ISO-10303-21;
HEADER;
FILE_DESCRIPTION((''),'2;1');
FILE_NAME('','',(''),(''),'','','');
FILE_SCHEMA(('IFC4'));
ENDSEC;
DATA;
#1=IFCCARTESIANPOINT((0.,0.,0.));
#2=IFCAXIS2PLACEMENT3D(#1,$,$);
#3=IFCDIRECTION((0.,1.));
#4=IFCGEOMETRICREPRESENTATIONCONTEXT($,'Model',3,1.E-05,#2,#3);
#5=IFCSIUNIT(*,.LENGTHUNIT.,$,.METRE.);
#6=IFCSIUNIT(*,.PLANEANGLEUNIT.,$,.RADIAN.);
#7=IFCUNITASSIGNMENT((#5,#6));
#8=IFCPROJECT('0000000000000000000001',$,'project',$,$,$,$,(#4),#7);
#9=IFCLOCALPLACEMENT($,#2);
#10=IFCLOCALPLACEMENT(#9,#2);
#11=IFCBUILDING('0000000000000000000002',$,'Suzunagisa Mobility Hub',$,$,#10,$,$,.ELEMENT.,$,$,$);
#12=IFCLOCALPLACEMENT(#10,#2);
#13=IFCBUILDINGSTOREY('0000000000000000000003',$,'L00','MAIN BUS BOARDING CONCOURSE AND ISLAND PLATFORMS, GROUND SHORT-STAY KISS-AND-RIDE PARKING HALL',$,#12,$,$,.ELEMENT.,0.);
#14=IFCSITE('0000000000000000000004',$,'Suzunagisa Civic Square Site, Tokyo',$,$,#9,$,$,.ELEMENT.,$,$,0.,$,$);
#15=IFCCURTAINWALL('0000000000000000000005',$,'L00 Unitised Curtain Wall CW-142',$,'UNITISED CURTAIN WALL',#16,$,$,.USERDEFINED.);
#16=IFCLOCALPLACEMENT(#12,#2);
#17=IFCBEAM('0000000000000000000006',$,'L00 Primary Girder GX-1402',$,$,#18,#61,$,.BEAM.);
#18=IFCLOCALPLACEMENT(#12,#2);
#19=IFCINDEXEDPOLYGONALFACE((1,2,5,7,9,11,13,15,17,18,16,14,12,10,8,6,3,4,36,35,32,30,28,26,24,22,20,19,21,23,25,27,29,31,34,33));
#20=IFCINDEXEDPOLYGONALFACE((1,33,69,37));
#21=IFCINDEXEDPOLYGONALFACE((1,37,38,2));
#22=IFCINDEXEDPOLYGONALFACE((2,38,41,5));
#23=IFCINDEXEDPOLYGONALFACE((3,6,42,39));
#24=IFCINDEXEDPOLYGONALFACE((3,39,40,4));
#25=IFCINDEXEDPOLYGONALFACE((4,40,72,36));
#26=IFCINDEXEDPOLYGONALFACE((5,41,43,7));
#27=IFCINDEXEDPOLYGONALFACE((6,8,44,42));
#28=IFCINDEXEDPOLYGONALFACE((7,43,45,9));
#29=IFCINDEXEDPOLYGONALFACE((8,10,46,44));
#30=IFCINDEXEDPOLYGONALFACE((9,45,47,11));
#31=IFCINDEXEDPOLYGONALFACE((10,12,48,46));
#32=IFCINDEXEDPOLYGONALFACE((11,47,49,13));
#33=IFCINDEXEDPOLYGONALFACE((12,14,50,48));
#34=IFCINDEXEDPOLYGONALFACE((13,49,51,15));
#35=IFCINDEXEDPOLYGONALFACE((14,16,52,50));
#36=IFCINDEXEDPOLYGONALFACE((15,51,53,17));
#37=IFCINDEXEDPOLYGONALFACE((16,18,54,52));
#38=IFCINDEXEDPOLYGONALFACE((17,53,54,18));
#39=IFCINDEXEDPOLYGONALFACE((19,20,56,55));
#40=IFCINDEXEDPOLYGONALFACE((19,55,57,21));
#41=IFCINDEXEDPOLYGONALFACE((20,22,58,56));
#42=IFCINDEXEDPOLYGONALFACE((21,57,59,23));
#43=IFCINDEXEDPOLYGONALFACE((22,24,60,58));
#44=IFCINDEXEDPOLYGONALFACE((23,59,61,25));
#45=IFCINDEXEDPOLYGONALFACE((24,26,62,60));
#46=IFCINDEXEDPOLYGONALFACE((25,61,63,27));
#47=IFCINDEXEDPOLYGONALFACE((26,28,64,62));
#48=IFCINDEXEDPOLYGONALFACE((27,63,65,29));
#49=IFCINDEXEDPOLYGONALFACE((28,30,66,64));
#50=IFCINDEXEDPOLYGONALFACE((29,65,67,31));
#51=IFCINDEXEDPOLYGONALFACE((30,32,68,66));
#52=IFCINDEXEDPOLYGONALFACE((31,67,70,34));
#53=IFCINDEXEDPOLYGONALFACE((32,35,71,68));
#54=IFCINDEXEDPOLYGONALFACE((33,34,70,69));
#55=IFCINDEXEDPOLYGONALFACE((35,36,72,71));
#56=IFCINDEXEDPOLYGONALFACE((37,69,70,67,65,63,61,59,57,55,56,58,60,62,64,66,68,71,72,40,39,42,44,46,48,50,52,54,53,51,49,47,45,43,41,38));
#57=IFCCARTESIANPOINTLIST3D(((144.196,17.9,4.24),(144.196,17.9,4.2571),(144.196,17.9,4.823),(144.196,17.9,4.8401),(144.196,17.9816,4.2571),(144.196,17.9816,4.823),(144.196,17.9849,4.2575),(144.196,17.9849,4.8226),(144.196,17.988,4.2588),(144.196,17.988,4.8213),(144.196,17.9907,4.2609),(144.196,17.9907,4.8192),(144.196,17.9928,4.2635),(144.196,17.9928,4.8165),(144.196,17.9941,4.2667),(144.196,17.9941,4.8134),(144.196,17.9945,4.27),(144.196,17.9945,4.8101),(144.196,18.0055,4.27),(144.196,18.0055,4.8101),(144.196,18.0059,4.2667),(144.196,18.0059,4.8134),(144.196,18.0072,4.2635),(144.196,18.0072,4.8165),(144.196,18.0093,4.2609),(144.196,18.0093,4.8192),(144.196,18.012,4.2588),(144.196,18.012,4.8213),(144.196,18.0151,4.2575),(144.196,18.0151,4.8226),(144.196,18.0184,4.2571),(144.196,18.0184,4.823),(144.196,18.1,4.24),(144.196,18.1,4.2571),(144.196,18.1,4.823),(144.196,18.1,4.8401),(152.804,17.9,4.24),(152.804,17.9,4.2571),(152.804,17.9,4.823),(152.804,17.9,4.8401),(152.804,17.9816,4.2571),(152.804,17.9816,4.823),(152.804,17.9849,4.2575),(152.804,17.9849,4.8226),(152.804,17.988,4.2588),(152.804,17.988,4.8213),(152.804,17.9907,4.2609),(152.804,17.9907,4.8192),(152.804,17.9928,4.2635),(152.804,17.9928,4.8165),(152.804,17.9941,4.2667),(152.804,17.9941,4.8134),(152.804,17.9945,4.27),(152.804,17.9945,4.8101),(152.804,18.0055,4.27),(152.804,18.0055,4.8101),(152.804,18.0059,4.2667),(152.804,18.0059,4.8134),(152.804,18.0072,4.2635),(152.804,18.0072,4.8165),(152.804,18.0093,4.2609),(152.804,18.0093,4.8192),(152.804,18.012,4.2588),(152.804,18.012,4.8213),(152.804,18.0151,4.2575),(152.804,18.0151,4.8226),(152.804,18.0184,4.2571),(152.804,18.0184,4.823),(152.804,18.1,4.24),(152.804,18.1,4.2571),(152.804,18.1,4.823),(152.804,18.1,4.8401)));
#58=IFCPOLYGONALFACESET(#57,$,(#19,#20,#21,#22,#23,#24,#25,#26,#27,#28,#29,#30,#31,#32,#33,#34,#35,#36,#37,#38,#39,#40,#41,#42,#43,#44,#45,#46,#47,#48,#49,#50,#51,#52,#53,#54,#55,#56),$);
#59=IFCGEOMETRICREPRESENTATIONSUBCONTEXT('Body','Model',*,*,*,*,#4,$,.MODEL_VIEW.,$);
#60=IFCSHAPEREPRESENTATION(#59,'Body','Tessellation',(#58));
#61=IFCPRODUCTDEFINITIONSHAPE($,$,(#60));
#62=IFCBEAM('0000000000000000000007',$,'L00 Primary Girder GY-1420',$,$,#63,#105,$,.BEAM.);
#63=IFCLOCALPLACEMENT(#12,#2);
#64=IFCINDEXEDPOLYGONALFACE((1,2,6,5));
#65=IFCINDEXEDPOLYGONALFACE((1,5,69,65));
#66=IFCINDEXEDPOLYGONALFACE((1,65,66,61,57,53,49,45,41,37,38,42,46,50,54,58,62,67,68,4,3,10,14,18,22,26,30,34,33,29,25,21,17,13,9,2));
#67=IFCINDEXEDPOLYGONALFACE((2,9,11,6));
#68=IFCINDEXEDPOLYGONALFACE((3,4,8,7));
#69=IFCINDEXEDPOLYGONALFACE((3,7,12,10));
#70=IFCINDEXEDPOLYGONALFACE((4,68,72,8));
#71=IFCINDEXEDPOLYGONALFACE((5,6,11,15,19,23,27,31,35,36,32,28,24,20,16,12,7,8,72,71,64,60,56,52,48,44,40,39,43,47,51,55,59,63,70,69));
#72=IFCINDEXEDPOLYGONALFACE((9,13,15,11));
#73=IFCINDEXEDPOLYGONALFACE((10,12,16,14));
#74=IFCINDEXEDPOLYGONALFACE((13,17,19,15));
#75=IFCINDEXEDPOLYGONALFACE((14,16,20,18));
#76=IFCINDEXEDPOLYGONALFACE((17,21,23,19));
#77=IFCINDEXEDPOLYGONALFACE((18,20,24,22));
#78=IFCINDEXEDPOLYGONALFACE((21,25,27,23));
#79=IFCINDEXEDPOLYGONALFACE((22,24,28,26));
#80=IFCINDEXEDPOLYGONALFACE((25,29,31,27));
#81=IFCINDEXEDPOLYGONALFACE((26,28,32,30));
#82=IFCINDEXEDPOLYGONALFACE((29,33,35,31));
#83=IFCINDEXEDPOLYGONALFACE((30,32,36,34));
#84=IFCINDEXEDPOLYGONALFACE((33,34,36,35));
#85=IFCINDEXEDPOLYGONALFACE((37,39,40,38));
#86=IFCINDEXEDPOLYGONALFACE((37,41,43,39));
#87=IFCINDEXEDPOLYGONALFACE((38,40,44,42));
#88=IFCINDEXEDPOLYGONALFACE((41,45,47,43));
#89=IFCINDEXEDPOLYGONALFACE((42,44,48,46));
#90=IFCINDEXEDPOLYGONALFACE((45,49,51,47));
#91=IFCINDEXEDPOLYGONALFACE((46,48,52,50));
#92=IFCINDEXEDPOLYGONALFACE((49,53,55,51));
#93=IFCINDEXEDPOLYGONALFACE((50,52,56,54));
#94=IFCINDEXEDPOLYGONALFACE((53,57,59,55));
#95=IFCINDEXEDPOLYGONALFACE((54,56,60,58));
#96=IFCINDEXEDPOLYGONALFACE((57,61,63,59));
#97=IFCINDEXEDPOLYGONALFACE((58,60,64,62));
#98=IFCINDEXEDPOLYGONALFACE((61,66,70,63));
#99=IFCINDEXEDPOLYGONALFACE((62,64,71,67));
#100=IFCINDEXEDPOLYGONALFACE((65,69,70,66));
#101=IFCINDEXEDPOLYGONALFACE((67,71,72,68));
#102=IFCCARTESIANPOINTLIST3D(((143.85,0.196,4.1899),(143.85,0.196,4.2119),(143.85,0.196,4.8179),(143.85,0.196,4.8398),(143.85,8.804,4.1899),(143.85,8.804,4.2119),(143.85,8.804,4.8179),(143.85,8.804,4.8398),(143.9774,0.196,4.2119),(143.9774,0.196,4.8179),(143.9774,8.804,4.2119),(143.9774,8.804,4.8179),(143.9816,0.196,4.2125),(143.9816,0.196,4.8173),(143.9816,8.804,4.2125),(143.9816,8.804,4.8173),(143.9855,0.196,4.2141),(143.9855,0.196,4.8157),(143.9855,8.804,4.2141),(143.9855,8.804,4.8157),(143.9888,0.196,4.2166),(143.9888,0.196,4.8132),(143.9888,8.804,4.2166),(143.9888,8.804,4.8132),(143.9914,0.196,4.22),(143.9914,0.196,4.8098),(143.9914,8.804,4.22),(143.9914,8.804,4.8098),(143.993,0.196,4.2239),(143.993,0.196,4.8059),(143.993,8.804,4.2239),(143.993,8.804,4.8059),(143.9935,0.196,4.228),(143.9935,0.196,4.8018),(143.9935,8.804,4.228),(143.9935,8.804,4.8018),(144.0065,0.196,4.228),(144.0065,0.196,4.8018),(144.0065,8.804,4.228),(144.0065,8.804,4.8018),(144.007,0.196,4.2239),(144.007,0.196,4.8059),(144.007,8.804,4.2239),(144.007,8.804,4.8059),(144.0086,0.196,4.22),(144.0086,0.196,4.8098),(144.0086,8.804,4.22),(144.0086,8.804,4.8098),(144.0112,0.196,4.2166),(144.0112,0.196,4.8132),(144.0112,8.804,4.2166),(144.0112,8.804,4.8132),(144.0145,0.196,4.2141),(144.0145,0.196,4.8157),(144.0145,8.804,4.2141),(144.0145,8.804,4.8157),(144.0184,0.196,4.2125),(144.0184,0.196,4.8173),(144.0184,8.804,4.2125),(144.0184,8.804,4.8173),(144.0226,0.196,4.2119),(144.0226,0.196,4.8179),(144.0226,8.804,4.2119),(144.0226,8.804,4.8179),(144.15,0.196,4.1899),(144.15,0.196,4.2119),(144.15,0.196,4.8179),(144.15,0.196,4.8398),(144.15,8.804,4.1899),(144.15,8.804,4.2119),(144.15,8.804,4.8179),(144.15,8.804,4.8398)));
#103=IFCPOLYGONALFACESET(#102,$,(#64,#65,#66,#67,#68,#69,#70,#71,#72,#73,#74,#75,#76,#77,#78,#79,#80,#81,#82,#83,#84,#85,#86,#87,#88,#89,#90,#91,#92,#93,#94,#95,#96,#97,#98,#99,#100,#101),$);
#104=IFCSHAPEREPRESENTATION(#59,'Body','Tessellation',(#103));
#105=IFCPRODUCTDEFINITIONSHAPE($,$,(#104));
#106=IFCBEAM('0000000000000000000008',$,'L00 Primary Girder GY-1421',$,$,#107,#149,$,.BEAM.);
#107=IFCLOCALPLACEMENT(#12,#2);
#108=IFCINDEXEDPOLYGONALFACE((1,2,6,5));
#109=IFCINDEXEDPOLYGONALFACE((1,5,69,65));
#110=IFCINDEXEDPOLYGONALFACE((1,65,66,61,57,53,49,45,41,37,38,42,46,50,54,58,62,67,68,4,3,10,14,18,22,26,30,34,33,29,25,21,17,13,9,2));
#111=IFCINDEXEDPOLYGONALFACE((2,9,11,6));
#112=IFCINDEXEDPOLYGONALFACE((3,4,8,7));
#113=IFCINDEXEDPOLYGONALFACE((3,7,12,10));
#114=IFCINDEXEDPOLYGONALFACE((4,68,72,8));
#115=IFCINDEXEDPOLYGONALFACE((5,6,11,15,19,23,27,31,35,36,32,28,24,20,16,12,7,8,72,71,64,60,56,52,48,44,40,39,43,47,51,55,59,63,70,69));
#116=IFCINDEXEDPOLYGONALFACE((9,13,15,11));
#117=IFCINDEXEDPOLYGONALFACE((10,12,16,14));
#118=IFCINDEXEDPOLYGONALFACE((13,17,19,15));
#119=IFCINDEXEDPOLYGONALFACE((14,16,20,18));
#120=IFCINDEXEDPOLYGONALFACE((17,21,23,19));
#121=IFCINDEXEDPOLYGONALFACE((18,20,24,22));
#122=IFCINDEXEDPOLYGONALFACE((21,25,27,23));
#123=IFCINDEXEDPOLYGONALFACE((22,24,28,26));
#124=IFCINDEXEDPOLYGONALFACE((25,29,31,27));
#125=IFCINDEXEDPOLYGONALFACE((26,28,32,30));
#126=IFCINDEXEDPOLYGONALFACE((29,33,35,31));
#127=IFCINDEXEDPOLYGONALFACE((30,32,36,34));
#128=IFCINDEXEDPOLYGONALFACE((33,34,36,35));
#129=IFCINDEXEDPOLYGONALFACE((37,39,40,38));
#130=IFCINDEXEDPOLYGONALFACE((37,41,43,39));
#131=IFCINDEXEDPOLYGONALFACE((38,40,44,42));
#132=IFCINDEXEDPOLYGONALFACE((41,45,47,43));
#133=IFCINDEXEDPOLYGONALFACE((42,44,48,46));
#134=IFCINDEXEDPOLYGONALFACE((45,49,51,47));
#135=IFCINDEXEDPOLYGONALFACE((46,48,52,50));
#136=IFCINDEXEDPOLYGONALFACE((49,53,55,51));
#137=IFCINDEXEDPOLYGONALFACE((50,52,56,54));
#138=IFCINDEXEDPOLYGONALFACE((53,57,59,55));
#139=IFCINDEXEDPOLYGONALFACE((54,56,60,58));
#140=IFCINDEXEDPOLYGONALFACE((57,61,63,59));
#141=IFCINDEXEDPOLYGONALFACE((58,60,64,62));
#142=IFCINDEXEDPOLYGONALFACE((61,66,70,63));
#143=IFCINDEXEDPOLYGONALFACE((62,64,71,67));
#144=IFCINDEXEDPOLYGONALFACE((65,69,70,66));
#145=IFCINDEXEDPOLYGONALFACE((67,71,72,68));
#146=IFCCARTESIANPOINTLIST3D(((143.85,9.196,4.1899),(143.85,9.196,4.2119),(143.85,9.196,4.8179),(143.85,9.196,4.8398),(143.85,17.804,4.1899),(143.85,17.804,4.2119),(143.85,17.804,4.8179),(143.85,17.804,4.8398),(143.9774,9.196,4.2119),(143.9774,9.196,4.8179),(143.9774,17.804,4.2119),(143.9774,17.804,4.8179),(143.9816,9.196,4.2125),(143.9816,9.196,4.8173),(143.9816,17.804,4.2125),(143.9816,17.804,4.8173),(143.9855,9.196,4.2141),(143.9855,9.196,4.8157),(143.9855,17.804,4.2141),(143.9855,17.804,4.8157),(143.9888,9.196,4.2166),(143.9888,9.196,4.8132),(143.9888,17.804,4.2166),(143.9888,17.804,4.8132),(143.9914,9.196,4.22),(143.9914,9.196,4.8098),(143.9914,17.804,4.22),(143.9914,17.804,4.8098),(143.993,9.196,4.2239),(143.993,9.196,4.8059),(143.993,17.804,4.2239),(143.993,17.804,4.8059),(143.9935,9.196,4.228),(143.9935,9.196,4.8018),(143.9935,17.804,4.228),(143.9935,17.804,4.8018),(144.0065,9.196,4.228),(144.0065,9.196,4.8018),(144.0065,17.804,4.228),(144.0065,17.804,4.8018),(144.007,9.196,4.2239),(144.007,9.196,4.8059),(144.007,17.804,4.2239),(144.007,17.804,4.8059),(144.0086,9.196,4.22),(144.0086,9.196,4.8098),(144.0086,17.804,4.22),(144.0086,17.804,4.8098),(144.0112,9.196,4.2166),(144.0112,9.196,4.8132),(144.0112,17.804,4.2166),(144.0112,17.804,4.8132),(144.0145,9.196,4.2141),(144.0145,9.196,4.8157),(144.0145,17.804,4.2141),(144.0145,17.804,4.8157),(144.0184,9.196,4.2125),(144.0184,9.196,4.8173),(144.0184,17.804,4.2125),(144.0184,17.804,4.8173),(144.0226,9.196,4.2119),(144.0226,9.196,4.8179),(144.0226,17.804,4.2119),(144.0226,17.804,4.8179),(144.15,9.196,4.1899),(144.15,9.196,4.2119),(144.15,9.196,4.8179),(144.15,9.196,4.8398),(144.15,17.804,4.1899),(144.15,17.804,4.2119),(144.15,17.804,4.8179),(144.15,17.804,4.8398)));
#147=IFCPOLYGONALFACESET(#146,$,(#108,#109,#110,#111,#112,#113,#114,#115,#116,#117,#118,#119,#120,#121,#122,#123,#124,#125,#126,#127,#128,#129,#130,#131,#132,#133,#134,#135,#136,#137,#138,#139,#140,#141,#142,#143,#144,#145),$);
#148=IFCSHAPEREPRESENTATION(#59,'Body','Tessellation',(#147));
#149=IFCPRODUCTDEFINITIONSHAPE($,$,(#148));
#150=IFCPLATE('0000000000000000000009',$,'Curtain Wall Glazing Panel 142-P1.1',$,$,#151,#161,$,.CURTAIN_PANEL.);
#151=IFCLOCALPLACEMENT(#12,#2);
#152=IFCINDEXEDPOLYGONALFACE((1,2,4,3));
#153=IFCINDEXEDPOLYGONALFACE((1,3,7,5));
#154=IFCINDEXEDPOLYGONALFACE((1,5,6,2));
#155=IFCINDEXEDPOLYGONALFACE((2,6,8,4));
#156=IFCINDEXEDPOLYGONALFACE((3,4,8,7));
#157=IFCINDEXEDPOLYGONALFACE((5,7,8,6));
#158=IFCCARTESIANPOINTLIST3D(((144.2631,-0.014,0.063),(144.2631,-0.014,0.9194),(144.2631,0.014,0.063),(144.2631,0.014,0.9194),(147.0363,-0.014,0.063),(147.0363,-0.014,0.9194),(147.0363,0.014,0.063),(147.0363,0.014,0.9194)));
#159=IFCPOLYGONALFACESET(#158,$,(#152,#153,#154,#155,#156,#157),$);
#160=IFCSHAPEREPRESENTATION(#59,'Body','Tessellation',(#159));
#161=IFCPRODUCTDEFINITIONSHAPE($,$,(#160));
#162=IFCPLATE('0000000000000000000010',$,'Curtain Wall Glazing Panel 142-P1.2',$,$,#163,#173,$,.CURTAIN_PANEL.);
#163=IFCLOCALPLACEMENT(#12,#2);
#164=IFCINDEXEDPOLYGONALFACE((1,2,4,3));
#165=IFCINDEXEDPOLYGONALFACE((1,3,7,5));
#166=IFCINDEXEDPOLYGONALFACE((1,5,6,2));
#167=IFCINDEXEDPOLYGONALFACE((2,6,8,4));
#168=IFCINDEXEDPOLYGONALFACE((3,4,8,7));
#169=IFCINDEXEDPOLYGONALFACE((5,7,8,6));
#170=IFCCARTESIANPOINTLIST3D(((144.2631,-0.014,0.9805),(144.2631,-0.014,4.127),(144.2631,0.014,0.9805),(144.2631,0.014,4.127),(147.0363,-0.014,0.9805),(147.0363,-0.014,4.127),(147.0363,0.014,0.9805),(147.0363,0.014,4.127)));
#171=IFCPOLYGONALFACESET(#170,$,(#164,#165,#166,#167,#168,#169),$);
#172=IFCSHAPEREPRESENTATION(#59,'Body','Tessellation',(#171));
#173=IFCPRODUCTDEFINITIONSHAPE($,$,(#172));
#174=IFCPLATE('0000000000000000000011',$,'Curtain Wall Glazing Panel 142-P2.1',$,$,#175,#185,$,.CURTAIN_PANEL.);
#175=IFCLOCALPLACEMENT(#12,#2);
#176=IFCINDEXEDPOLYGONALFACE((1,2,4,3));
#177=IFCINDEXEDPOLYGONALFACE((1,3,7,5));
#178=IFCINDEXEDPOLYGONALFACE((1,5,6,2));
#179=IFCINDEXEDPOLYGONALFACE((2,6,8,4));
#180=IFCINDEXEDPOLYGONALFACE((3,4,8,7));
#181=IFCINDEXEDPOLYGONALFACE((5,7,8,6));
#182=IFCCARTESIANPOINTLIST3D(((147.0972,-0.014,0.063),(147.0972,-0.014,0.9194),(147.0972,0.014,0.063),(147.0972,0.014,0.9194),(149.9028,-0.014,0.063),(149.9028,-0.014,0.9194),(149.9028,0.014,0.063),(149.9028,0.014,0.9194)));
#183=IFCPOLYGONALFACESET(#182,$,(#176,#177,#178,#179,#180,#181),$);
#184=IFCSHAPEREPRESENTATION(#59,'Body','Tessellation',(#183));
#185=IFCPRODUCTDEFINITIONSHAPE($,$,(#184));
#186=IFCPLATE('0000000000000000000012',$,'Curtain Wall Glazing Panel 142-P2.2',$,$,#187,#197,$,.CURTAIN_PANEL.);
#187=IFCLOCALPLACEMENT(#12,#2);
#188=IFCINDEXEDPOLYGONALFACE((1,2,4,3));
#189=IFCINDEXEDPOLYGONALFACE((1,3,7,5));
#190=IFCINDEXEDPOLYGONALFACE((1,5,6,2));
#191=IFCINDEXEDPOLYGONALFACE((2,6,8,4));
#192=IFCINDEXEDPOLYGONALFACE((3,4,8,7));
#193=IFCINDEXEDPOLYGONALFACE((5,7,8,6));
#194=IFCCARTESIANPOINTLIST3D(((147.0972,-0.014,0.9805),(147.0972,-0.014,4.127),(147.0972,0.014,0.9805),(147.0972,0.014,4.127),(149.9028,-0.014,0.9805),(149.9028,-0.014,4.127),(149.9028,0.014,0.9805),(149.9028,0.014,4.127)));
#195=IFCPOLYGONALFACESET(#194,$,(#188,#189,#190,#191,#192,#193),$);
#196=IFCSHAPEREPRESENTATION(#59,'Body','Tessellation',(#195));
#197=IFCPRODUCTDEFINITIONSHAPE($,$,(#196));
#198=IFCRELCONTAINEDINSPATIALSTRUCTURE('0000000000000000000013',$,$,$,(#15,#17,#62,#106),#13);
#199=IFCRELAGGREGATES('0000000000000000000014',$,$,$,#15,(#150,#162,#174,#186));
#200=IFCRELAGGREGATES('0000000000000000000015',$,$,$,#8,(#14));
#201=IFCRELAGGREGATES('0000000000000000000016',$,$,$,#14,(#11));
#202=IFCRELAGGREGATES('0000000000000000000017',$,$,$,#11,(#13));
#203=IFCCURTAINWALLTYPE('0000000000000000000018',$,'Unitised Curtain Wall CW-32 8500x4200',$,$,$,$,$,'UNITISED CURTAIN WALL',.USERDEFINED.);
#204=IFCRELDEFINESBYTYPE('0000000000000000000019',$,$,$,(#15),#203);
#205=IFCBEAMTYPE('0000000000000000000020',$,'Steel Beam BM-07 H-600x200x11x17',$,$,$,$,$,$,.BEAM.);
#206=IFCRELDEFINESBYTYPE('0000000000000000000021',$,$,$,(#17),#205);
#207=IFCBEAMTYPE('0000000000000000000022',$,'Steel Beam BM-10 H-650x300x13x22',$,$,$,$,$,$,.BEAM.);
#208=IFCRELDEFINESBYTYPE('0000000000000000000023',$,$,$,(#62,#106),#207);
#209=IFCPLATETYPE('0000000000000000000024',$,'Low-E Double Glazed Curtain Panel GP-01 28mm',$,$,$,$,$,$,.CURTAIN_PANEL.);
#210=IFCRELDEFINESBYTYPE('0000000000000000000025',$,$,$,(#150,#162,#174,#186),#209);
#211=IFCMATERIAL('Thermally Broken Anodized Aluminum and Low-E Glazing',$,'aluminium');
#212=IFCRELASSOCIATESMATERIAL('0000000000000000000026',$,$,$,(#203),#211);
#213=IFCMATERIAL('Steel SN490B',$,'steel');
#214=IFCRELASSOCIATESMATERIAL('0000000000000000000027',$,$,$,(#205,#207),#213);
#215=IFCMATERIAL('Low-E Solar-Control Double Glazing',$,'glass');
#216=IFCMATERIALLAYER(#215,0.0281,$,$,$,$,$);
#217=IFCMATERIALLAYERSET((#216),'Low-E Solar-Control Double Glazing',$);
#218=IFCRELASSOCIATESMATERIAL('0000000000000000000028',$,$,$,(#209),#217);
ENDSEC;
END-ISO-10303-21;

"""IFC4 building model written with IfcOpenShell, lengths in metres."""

from ifc_helpers import new_model, si_unit, direction, frame, origin, origin_2d, place, context, subcontext, project, spatial, rectangle, i_section, extrude, material, layer, layer_set, material_profile, profile_set, type_object, element, aggregate, save


model = new_model("IFC4")

# Units and contexts
model_context = context("Model", 3, precision=1e-05, world=origin(), true_north=direction((0.0, 1.0)))
body_context = subcontext(model_context, "Body", "Model", "MODEL_VIEW")
ifc_project = project(units=[si_unit("LENGTHUNIT", "METRE"), si_unit("PLANEANGLEUNIT", "RADIAN")], contexts=[model_context])

# Site, building, storey
site_placement = place(None, origin())
site = spatial("IfcSite", under=ifc_project, at=site_placement, Name="Suzunagisa Civic Square Site, Tokyo", CompositionType="ELEMENT", RefElevation=0.0)
building_placement = place(site_placement, origin())
building = spatial("IfcBuilding", under=site, at=building_placement, Name="Suzunagisa Mobility Hub", CompositionType="ELEMENT")
storey_placement = place(building_placement, origin())
storey = spatial("IfcBuildingStorey", under=building, at=storey_placement, Name="L00", Description="MAIN BUS BOARDING CONCOURSE AND ISLAND PLATFORMS, GROUND SHORT-STAY KISS-AND-RIDE PARKING HALL", CompositionType="ELEMENT", Elevation=0.0)

# Shared definitions
ifc_material_1 = material(Name="Steel SN490B", Category="steel")

# Curtain wall
ifc_material_2 = material(Name="Thermally Broken Anodized Aluminum and Low-E Glazing", Category="aluminium")
curtain_wall_type = type_object("IfcCurtainWallType", Name="Unitised Curtain Wall CW-32 8500x4200", ElementType="UNITISED CURTAIN WALL", PredefinedType="USERDEFINED", material=ifc_material_2)
curtain_wall_placement = place(storey_placement, origin())
curtain_wall = element("IfcCurtainWall", 1, at=curtain_wall_placement, inside=storey, type_object=curtain_wall_type, Name="L00 Unitised Curtain Wall CW-142", ObjectType="UNITISED CURTAIN WALL", PredefinedType="USERDEFINED")

# Beams
ifc_material_profile_1 = material_profile(ifc_material_1, i_section(OverallWidth=0.2, OverallDepth=0.6001, WebThickness=0.011, FlangeThickness=0.0171, FilletRadius=0.0129, at=origin_2d()), Name="H-600x200x11x17")
ifc_profile_set_1 = profile_set([ifc_material_profile_1], Name="Steel SN490B")
beam_type_1 = type_object("IfcBeamType", Name="Steel Beam BM-07 H-600x200x11x17", PredefinedType="BEAM", material=ifc_profile_set_1)
for number, where, z_axis, x_axis, name in (
    (2, (144.196, 18.0, 4.54), (1.0, 0.0, 0.0), (0.0, 1.0, 0.0), "L00 Primary Girder GX-1402"),
):
    element("IfcBeam", number, at=place(storey_placement, frame(where, z_axis=z_axis, x_axis=x_axis)), inside=storey, type_object=beam_type_1, Name=name, PredefinedType="BEAM", context=body_context, shape_type="SweptSolid", body=[
        extrude(i_section(OverallWidth=0.2, OverallDepth=0.6001, WebThickness=0.011, FlangeThickness=0.0171, FilletRadius=0.0129, at=origin_2d()), origin(), (0.0, 0.0, 1.0), 8.6079),
    ])
ifc_material_profile_2 = material_profile(ifc_material_1, i_section(OverallWidth=0.3, OverallDepth=0.6499, WebThickness=0.0129, FlangeThickness=0.022, FilletRadius=0.0161, at=origin_2d()), Name="H-650x300x13x22")
ifc_profile_set_2 = profile_set([ifc_material_profile_2], Name="Steel SN490B")
beam_type_2 = type_object("IfcBeamType", Name="Steel Beam BM-10 H-650x300x13x22", PredefinedType="BEAM", material=ifc_profile_set_2)
for number, where, z_axis, x_axis, name in (
    (3, (144.0, 0.196, 4.5149), (0.0, 1.0, 0.0), (-1.0, 0.0, 0.0), "L00 Primary Girder GY-1420"),
    (4, (144.0, 9.196, 4.5149), (0.0, 1.0, 0.0), (-1.0, 0.0, 0.0), "L00 Primary Girder GY-1421"),
):
    element("IfcBeam", number, at=place(storey_placement, frame(where, z_axis=z_axis, x_axis=x_axis)), inside=storey, type_object=beam_type_2, Name=name, PredefinedType="BEAM", context=body_context, shape_type="SweptSolid", body=[
        extrude(i_section(OverallWidth=0.3, OverallDepth=0.6499, WebThickness=0.0129, FlangeThickness=0.022, FilletRadius=0.0161, at=origin_2d()), origin(), (0.0, 0.0, 1.0), 8.6079),
    ])

# Plates
ifc_material_3 = material(Name="Low-E Solar-Control Double Glazing", Category="glass")
ifc_layer_1 = layer(ifc_material_3, 0.0281)
ifc_layer_set_1 = layer_set([ifc_layer_1], Name="Low-E Solar-Control Double Glazing")
plate_type = type_object("IfcPlateType", Name="Low-E Double Glazed Curtain Panel GP-01 28mm", PredefinedType="CURTAIN_PANEL", material=ifc_layer_set_1)
plate_1_placement = place(storey_placement, frame((145.6497, 0.0, 0.063), z_axis=(0.0, 0.0, 1.0), x_axis=(1.0, 0.0, 0.0)))
plate_1 = element("IfcPlate", 5, at=plate_1_placement, type_object=plate_type, Name="Curtain Wall Glazing Panel 142-P1.1", PredefinedType="CURTAIN_PANEL", context=body_context, shape_type="SweptSolid", body=[
    extrude(rectangle(XDim=2.7732, YDim=0.0281, at=origin_2d()), origin(), (0.0, 0.0, 1.0), 0.8564),
])
plate_2_placement = place(storey_placement, frame((145.6497, 0.0, 0.9805), z_axis=(0.0, 0.0, 1.0), x_axis=(1.0, 0.0, 0.0)))
plate_2 = element("IfcPlate", 6, at=plate_2_placement, type_object=plate_type, Name="Curtain Wall Glazing Panel 142-P1.2", PredefinedType="CURTAIN_PANEL", context=body_context, shape_type="SweptSolid", body=[
    extrude(rectangle(XDim=2.7732, YDim=0.0281, at=origin_2d()), origin(), (0.0, 0.0, 1.0), 3.1465),
])
plate_3_placement = place(storey_placement, frame((148.5, 0.0, 0.063), z_axis=(0.0, 0.0, 1.0), x_axis=(1.0, 0.0, 0.0)))
plate_3 = element("IfcPlate", 7, at=plate_3_placement, type_object=plate_type, Name="Curtain Wall Glazing Panel 142-P2.1", PredefinedType="CURTAIN_PANEL", context=body_context, shape_type="SweptSolid", body=[
    extrude(rectangle(XDim=2.8057, YDim=0.0281, at=origin_2d()), origin(), (0.0, 0.0, 1.0), 0.8564),
])
plate_4_placement = place(storey_placement, frame((148.5, 0.0, 0.9805), z_axis=(0.0, 0.0, 1.0), x_axis=(1.0, 0.0, 0.0)))
plate_4 = element("IfcPlate", 8, at=plate_4_placement, type_object=plate_type, Name="Curtain Wall Glazing Panel 142-P2.2", PredefinedType="CURTAIN_PANEL", context=body_context, shape_type="SweptSolid", body=[
    extrude(rectangle(XDim=2.8057, YDim=0.0281, at=origin_2d()), origin(), (0.0, 0.0, 1.0), 3.1465),
])
aggregate(curtain_wall, [plate_1, plate_2, plate_3, plate_4])

save(model, "model.ifc")
